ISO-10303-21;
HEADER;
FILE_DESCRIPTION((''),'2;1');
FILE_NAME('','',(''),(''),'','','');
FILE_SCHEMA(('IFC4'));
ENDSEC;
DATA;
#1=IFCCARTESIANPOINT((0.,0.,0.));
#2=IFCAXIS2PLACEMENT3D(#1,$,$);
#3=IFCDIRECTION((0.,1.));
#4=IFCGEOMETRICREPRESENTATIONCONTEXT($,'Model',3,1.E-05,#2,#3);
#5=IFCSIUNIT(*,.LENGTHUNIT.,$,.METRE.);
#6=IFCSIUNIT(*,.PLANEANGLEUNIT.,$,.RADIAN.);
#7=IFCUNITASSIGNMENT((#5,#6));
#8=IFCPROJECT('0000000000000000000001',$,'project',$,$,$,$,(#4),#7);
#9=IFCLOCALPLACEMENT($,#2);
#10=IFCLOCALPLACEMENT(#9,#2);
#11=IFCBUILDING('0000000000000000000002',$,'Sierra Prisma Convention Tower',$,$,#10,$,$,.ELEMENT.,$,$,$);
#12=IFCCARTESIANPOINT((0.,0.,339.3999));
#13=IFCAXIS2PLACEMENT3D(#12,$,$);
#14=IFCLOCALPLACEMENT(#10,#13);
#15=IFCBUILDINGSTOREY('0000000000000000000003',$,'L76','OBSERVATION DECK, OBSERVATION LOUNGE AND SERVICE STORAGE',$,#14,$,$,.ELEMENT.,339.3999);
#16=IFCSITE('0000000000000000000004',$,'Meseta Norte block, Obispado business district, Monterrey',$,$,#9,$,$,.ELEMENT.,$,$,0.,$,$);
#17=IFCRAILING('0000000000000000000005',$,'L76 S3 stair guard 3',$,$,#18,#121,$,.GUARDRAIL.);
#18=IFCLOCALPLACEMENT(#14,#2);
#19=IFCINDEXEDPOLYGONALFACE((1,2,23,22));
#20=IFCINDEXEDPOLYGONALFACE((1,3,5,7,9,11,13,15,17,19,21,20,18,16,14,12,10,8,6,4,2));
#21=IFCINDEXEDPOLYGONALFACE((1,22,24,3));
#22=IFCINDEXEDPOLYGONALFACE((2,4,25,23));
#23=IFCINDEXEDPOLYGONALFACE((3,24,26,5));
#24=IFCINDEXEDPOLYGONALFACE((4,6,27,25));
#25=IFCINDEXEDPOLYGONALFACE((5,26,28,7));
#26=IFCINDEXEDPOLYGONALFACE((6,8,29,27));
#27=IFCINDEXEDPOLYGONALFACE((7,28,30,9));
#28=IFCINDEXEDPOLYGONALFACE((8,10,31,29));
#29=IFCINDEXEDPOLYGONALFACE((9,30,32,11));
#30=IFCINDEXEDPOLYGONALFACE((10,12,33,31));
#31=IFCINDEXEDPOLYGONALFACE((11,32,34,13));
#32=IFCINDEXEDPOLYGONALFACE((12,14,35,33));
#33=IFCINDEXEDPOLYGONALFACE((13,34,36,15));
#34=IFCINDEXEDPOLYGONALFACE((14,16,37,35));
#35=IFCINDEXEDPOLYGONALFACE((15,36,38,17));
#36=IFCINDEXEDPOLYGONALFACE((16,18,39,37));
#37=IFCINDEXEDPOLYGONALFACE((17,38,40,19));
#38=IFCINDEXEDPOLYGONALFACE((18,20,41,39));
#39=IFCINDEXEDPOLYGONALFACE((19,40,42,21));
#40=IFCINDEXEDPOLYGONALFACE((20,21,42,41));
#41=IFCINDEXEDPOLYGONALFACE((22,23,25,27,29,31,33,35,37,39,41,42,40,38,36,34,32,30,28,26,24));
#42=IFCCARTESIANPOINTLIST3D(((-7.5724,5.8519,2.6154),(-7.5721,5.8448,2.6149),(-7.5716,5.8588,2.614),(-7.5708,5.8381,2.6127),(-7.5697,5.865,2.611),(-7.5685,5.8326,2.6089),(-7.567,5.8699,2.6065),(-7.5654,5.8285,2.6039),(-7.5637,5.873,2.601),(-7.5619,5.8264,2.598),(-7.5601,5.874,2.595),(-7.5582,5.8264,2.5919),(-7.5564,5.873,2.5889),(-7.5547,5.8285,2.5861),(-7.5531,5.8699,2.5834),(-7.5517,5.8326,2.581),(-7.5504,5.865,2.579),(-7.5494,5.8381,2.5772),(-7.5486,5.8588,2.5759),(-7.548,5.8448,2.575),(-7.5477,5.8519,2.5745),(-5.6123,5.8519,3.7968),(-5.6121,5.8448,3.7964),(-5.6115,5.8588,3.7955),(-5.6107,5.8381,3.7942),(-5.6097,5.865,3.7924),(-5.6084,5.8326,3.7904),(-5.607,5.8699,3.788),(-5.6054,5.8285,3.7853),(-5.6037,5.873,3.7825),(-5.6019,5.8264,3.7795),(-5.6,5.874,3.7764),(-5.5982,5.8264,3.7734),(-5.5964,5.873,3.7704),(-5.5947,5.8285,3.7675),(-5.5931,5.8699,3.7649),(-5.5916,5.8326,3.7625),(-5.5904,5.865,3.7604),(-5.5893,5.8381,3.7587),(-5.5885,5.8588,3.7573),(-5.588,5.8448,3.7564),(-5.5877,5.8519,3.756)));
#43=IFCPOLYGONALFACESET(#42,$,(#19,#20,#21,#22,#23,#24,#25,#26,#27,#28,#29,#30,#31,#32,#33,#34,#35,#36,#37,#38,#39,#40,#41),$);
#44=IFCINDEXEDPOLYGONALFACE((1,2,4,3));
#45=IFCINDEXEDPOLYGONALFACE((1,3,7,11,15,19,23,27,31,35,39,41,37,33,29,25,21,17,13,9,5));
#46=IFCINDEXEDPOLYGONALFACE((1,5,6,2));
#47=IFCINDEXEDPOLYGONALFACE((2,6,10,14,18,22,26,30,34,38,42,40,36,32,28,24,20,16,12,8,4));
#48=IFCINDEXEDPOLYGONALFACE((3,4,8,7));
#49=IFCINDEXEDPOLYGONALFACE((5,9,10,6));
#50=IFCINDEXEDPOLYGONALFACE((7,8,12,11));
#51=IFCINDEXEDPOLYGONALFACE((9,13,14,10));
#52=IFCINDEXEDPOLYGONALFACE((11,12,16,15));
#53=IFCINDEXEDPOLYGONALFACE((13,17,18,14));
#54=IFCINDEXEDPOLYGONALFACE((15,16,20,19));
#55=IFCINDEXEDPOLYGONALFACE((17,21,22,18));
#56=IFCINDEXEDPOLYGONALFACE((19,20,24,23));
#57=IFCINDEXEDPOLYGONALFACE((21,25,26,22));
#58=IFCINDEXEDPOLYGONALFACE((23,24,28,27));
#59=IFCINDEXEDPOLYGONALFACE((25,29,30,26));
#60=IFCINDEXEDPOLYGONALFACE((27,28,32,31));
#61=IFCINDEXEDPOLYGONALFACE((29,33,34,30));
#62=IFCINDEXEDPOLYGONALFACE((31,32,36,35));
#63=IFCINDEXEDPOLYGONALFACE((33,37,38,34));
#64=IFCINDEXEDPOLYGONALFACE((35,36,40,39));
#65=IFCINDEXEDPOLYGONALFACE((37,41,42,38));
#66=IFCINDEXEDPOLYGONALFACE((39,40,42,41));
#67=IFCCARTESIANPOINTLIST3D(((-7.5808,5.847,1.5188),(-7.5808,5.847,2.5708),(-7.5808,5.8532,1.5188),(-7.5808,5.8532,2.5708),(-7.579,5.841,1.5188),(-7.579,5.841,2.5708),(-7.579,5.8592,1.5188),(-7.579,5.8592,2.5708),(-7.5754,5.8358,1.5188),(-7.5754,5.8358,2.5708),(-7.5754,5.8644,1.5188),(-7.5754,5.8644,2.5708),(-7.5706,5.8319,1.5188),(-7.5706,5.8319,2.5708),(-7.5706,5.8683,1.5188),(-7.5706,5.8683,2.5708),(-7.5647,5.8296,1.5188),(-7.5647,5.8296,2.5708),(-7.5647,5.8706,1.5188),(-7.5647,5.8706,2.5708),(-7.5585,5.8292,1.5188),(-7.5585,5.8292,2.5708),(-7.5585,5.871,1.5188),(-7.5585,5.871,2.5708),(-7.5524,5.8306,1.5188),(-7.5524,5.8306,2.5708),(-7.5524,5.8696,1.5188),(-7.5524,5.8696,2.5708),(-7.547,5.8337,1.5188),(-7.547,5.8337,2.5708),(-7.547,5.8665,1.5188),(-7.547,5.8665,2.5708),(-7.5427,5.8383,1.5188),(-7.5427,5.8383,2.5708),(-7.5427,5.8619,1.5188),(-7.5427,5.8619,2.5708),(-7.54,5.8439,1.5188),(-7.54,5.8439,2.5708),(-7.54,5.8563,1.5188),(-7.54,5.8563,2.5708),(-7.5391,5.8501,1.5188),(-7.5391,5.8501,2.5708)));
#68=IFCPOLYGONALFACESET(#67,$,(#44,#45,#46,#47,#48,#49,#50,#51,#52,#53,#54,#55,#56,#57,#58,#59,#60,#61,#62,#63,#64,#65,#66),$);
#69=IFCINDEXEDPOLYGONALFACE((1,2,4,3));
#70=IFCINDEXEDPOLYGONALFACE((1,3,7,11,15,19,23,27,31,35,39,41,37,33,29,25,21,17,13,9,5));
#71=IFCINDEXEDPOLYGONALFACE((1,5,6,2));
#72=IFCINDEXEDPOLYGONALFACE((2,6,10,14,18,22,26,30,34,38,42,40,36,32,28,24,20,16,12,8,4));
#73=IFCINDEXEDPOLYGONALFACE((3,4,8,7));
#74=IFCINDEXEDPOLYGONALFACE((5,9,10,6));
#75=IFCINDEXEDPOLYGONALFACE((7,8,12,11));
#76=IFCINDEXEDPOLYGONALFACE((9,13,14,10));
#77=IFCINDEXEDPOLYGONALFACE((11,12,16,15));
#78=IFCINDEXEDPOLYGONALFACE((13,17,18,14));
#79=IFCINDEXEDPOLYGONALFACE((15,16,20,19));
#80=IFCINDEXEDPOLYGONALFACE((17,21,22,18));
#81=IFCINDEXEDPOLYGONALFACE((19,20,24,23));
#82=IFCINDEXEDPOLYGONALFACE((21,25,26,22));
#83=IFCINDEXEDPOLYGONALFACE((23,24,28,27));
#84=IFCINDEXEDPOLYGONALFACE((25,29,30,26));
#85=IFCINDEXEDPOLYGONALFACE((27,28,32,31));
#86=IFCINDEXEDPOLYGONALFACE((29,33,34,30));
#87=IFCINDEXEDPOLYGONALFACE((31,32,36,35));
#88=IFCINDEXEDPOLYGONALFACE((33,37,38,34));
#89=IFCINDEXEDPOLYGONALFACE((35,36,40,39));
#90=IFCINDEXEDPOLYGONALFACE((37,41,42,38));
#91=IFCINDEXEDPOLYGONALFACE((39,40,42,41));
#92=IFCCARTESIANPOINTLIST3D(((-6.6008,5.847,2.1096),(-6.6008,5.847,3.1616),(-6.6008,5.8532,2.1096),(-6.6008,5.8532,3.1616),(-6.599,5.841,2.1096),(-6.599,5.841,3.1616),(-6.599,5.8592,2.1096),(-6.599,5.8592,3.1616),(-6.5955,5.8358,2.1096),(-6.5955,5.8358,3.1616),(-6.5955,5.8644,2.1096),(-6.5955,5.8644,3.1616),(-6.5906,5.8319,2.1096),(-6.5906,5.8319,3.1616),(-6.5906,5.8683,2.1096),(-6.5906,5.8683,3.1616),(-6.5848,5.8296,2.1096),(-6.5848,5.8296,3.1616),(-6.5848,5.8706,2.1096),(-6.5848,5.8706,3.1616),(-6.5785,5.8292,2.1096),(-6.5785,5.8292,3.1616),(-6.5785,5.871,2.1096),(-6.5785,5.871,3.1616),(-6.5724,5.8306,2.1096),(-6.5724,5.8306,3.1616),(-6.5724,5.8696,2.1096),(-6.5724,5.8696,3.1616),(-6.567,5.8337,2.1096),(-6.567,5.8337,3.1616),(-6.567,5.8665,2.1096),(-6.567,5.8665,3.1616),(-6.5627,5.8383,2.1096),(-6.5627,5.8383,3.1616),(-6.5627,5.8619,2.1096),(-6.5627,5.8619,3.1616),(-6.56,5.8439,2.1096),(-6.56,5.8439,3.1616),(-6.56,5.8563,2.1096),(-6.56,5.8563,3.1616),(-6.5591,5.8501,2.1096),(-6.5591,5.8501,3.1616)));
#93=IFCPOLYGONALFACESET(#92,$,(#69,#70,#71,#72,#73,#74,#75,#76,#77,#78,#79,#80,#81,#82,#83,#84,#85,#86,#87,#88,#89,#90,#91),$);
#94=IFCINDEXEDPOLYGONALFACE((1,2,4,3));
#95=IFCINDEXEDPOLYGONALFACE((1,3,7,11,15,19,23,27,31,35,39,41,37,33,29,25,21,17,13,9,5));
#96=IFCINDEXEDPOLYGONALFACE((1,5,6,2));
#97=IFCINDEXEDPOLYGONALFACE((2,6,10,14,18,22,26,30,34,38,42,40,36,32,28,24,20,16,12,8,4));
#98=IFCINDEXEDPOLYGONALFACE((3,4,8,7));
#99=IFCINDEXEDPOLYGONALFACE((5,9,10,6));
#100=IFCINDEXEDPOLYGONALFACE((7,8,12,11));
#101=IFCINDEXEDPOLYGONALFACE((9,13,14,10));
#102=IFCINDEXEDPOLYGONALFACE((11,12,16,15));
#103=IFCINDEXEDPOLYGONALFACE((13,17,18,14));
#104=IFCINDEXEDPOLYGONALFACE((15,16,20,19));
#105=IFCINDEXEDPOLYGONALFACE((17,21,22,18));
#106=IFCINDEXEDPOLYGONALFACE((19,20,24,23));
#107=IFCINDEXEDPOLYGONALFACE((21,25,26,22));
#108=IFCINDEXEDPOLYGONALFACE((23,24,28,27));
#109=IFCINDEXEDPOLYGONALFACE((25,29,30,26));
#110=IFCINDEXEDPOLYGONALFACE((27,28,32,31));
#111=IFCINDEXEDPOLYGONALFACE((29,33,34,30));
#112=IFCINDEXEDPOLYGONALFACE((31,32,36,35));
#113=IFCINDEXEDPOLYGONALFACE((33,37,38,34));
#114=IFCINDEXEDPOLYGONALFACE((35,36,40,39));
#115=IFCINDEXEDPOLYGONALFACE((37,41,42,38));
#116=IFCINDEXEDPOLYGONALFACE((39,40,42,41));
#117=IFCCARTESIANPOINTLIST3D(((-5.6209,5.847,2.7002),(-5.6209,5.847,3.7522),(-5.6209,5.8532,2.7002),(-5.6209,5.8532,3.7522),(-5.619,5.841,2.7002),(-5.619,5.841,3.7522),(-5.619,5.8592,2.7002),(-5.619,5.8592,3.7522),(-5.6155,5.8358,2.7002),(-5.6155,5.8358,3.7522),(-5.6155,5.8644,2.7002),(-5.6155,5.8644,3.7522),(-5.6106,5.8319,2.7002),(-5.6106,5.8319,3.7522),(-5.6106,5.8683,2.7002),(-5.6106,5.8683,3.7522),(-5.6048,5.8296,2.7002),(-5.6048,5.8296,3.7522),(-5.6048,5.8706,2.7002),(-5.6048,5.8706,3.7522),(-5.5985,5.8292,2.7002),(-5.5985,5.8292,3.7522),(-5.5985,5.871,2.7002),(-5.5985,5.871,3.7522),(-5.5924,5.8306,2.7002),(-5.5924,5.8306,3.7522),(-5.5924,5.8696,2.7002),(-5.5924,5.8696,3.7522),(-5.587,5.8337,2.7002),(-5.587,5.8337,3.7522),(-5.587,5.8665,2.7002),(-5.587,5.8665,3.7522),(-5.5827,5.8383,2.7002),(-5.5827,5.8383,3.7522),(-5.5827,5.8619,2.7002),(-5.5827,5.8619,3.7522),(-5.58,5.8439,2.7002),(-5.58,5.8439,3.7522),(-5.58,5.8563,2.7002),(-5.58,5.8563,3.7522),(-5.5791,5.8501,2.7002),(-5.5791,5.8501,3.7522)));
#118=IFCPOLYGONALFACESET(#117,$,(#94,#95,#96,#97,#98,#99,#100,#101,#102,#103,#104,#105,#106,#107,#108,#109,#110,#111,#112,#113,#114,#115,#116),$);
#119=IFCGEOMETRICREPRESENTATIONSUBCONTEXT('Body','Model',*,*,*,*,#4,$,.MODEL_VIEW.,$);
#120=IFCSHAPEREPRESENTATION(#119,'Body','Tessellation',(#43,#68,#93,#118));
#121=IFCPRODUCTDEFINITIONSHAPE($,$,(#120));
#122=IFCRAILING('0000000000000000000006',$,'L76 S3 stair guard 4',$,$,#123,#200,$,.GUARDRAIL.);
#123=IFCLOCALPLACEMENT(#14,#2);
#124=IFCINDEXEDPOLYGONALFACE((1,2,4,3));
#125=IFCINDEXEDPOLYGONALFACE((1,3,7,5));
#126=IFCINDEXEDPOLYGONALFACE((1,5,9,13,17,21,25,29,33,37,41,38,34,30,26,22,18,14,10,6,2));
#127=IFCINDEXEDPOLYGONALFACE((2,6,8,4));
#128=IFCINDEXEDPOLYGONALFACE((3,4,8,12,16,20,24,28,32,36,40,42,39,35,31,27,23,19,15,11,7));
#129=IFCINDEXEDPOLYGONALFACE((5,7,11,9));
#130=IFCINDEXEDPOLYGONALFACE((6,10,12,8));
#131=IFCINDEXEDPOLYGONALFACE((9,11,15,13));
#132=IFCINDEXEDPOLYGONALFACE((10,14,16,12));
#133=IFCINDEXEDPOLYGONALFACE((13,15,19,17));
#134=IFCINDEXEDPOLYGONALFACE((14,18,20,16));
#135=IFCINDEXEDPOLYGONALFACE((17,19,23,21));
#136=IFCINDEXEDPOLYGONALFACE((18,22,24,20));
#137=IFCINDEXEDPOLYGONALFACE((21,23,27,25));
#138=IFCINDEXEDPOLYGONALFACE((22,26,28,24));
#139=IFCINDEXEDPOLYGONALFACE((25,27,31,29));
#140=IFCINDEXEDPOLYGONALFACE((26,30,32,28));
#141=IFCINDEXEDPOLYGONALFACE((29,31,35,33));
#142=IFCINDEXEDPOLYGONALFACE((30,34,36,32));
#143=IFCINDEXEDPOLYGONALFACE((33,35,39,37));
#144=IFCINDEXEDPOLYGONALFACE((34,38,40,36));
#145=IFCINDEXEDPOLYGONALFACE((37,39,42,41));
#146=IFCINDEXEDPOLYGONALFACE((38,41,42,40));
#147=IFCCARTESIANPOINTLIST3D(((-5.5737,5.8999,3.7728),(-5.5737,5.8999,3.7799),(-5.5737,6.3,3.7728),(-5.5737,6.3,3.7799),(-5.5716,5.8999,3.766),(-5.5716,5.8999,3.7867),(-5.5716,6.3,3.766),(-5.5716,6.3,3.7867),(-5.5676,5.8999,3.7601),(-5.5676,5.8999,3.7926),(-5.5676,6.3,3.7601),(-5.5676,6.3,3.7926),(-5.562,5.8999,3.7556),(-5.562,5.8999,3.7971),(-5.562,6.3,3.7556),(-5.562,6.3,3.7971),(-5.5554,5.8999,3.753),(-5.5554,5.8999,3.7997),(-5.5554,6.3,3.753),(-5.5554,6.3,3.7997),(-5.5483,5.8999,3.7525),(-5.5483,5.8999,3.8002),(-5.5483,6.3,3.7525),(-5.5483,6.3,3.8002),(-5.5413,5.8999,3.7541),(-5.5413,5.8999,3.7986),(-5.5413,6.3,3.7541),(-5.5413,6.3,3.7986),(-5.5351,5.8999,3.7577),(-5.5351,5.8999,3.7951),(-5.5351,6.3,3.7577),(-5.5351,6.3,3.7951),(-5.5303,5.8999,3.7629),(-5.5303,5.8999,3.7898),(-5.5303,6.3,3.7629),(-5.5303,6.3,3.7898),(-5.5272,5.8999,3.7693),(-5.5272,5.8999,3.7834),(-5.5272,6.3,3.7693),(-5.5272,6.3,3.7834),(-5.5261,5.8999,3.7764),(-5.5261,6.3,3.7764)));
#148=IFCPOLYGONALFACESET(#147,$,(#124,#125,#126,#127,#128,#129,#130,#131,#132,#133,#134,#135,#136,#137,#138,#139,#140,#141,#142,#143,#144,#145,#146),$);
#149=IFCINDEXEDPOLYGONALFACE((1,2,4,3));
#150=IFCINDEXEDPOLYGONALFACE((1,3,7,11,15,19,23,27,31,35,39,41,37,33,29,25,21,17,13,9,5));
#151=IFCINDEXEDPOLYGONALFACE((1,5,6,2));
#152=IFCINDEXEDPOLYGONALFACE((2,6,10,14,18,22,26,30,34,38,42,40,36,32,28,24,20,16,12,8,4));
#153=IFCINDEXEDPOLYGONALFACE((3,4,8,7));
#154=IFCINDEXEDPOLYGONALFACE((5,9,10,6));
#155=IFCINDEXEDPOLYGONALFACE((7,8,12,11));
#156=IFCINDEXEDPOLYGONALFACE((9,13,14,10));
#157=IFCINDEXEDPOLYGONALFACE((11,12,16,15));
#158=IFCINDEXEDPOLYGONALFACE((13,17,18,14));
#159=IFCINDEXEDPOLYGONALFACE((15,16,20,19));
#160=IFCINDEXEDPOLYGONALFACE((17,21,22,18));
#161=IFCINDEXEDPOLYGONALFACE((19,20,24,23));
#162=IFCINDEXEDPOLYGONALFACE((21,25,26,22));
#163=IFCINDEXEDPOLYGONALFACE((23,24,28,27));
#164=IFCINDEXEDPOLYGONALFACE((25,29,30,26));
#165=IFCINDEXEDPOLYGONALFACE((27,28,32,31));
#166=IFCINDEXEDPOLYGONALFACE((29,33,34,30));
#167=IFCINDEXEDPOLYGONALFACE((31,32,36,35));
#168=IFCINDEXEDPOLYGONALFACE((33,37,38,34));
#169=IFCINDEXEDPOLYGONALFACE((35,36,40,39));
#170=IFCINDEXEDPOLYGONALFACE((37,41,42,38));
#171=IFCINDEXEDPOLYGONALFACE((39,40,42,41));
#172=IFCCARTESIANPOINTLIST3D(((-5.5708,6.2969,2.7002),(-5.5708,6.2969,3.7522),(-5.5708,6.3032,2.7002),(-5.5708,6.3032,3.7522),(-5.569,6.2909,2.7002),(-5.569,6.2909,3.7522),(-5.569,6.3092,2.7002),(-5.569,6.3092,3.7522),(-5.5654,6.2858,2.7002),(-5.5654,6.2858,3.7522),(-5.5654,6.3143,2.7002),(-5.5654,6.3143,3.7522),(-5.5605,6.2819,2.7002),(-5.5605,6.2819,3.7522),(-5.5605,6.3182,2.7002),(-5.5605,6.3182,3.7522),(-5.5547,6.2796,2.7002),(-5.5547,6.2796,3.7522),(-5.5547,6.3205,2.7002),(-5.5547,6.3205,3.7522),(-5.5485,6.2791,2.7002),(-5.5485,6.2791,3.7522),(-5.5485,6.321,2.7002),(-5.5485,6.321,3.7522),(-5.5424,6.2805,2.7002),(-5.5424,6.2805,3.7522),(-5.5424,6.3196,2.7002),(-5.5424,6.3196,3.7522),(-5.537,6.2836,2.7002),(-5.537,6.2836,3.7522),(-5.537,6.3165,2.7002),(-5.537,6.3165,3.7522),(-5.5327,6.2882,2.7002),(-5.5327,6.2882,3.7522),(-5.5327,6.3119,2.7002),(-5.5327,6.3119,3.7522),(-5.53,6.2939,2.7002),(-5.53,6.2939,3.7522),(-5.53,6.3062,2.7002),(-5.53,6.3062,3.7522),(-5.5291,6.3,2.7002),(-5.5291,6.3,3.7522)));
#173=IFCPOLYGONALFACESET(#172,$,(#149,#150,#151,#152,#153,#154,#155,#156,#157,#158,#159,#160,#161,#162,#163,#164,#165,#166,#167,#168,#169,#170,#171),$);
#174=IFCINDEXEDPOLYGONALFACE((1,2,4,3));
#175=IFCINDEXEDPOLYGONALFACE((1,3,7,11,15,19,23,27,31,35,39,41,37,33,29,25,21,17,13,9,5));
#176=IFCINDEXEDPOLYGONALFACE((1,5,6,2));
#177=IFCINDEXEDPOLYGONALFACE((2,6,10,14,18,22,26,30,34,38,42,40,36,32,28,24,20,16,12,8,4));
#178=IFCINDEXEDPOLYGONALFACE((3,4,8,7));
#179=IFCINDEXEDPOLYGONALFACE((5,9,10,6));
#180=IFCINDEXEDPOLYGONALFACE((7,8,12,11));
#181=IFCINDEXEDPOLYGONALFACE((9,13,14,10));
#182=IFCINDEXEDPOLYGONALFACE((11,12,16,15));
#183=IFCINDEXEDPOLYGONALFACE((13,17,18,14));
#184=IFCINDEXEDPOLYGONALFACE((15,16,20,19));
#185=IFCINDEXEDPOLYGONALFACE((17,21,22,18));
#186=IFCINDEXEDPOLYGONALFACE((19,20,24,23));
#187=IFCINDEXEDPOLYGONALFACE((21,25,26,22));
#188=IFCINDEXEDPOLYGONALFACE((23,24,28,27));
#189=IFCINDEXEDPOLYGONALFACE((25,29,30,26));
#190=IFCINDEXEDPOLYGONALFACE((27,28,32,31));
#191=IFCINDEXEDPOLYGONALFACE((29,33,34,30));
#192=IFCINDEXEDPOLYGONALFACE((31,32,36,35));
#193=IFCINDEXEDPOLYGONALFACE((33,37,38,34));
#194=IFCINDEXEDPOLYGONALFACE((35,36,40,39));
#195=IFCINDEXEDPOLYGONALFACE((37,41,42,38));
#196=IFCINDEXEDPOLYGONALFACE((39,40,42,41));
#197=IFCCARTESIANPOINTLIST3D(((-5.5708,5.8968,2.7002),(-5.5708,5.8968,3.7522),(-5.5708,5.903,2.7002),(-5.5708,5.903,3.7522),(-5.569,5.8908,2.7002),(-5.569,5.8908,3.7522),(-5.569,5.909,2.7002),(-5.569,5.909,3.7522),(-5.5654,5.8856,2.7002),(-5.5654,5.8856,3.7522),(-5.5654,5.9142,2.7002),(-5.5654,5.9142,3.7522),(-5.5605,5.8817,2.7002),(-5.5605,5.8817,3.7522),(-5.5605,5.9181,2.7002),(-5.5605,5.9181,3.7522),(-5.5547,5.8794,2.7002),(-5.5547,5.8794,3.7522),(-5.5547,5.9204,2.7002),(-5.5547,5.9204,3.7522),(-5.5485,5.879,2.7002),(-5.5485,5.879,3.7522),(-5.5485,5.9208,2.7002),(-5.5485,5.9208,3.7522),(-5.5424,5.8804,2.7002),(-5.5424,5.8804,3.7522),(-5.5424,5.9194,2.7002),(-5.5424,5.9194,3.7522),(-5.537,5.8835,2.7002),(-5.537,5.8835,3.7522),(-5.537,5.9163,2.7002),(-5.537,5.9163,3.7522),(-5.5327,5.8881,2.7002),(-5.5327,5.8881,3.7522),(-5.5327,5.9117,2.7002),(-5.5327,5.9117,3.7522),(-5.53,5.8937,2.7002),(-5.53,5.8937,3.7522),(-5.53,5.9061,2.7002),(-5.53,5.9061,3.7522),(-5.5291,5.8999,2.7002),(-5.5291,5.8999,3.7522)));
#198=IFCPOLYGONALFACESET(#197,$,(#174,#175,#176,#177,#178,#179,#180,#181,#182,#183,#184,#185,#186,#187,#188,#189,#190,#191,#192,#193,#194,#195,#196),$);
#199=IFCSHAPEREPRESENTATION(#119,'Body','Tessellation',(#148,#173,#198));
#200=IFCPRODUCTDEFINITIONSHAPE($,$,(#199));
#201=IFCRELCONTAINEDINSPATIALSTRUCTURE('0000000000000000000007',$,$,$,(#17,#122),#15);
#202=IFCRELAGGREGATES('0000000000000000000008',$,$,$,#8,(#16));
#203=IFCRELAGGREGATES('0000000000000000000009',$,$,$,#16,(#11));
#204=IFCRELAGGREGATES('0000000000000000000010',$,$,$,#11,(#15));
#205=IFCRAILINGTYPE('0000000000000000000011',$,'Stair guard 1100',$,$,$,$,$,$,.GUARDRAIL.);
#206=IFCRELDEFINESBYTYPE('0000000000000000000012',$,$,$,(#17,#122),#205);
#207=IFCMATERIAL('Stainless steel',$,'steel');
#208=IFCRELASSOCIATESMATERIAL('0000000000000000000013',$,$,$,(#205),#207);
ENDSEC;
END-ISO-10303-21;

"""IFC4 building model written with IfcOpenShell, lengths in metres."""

from ifc_helpers import new_model, si_unit, direction, frame, origin, origin_2d, place, context, subcontext, project, spatial, circle, extrude, material, type_object, element, save


model = new_model("IFC4")

# Units and contexts
model_context = context("Model", 3, precision=1e-05, world=origin(), true_north=direction((0.0, 1.0)))
body_context = subcontext(model_context, "Body", "Model", "MODEL_VIEW")
ifc_project = project(units=[si_unit("LENGTHUNIT", "METRE"), si_unit("PLANEANGLEUNIT", "RADIAN")], contexts=[model_context])

# Site, building, storey
site_placement = place(None, origin())
site = spatial("IfcSite", under=ifc_project, at=site_placement, Name="Meseta Norte block, Obispado business district, Monterrey", CompositionType="ELEMENT", RefElevation=0.0)
building_placement = place(site_placement, origin())
building = spatial("IfcBuilding", under=site, at=building_placement, Name="Sierra Prisma Convention Tower", CompositionType="ELEMENT")
storey_placement = place(building_placement, frame((0.0, 0.0, 339.3999)))
storey = spatial("IfcBuildingStorey", under=building, at=storey_placement, Name="L76", Description="OBSERVATION DECK, OBSERVATION LOUNGE AND SERVICE STORAGE", CompositionType="ELEMENT", Elevation=339.3999)

# Railings
ifc_material_1 = material(Name="Stainless steel", Category="steel")
railing_type = type_object("IfcRailingType", Name="Stair guard 1100", PredefinedType="GUARDRAIL", material=ifc_material_1)
railing_1_placement = place(storey_placement, frame((-7.5601, 5.8501, 1.5188)))
element("IfcRailing", 1, at=railing_1_placement, inside=storey, type_object=railing_type, Name="L76 S3 stair guard 3", PredefinedType="GUARDRAIL", context=body_context, shape_type="SweptSolid", body=[
    extrude(circle(Radius=0.0239, at=origin_2d()), frame((0.0, 0.0, 1.0762), z_axis=(0.856446, 0.0, 0.516236), x_axis=(0.0, 1.0, 0.0)), (0.0, 0.0, 1.0), 2.2886),
    extrude(circle(Radius=0.021, at=origin_2d()), origin(), (0.0, 0.0, 1.0), 1.052),
    extrude(circle(Radius=0.021, at=origin_2d()), frame((0.98, 0.0, 0.5908)), (0.0, 0.0, 1.0), 1.052),
    extrude(circle(Radius=0.021, at=origin_2d()), frame((1.96, 0.0, 1.1814)), (0.0, 0.0, 1.0), 1.052),
])
railing_2_placement = place(storey_placement, frame((-5.55, 6.3, 2.7002)))
element("IfcRailing", 2, at=railing_2_placement, inside=storey, type_object=railing_type, Name="L76 S3 stair guard 4", PredefinedType="GUARDRAIL", context=body_context, shape_type="SweptSolid", body=[
    extrude(circle(Radius=0.0239, at=origin_2d()), frame((0.0, 0.0, 1.0762), z_axis=(0.0, -1.0, 0.0), x_axis=(1.0, 0.0, 0.0)), (0.0, 0.0, 1.0), 0.4001),
    extrude(circle(Radius=0.021, at=origin_2d()), origin(), (0.0, 0.0, 1.0), 1.052),
    extrude(circle(Radius=0.021, at=origin_2d()), frame((0.0, -0.4001, 0.0)), (0.0, 0.0, 1.0), 1.052),
])

save(model, "model.ifc")
